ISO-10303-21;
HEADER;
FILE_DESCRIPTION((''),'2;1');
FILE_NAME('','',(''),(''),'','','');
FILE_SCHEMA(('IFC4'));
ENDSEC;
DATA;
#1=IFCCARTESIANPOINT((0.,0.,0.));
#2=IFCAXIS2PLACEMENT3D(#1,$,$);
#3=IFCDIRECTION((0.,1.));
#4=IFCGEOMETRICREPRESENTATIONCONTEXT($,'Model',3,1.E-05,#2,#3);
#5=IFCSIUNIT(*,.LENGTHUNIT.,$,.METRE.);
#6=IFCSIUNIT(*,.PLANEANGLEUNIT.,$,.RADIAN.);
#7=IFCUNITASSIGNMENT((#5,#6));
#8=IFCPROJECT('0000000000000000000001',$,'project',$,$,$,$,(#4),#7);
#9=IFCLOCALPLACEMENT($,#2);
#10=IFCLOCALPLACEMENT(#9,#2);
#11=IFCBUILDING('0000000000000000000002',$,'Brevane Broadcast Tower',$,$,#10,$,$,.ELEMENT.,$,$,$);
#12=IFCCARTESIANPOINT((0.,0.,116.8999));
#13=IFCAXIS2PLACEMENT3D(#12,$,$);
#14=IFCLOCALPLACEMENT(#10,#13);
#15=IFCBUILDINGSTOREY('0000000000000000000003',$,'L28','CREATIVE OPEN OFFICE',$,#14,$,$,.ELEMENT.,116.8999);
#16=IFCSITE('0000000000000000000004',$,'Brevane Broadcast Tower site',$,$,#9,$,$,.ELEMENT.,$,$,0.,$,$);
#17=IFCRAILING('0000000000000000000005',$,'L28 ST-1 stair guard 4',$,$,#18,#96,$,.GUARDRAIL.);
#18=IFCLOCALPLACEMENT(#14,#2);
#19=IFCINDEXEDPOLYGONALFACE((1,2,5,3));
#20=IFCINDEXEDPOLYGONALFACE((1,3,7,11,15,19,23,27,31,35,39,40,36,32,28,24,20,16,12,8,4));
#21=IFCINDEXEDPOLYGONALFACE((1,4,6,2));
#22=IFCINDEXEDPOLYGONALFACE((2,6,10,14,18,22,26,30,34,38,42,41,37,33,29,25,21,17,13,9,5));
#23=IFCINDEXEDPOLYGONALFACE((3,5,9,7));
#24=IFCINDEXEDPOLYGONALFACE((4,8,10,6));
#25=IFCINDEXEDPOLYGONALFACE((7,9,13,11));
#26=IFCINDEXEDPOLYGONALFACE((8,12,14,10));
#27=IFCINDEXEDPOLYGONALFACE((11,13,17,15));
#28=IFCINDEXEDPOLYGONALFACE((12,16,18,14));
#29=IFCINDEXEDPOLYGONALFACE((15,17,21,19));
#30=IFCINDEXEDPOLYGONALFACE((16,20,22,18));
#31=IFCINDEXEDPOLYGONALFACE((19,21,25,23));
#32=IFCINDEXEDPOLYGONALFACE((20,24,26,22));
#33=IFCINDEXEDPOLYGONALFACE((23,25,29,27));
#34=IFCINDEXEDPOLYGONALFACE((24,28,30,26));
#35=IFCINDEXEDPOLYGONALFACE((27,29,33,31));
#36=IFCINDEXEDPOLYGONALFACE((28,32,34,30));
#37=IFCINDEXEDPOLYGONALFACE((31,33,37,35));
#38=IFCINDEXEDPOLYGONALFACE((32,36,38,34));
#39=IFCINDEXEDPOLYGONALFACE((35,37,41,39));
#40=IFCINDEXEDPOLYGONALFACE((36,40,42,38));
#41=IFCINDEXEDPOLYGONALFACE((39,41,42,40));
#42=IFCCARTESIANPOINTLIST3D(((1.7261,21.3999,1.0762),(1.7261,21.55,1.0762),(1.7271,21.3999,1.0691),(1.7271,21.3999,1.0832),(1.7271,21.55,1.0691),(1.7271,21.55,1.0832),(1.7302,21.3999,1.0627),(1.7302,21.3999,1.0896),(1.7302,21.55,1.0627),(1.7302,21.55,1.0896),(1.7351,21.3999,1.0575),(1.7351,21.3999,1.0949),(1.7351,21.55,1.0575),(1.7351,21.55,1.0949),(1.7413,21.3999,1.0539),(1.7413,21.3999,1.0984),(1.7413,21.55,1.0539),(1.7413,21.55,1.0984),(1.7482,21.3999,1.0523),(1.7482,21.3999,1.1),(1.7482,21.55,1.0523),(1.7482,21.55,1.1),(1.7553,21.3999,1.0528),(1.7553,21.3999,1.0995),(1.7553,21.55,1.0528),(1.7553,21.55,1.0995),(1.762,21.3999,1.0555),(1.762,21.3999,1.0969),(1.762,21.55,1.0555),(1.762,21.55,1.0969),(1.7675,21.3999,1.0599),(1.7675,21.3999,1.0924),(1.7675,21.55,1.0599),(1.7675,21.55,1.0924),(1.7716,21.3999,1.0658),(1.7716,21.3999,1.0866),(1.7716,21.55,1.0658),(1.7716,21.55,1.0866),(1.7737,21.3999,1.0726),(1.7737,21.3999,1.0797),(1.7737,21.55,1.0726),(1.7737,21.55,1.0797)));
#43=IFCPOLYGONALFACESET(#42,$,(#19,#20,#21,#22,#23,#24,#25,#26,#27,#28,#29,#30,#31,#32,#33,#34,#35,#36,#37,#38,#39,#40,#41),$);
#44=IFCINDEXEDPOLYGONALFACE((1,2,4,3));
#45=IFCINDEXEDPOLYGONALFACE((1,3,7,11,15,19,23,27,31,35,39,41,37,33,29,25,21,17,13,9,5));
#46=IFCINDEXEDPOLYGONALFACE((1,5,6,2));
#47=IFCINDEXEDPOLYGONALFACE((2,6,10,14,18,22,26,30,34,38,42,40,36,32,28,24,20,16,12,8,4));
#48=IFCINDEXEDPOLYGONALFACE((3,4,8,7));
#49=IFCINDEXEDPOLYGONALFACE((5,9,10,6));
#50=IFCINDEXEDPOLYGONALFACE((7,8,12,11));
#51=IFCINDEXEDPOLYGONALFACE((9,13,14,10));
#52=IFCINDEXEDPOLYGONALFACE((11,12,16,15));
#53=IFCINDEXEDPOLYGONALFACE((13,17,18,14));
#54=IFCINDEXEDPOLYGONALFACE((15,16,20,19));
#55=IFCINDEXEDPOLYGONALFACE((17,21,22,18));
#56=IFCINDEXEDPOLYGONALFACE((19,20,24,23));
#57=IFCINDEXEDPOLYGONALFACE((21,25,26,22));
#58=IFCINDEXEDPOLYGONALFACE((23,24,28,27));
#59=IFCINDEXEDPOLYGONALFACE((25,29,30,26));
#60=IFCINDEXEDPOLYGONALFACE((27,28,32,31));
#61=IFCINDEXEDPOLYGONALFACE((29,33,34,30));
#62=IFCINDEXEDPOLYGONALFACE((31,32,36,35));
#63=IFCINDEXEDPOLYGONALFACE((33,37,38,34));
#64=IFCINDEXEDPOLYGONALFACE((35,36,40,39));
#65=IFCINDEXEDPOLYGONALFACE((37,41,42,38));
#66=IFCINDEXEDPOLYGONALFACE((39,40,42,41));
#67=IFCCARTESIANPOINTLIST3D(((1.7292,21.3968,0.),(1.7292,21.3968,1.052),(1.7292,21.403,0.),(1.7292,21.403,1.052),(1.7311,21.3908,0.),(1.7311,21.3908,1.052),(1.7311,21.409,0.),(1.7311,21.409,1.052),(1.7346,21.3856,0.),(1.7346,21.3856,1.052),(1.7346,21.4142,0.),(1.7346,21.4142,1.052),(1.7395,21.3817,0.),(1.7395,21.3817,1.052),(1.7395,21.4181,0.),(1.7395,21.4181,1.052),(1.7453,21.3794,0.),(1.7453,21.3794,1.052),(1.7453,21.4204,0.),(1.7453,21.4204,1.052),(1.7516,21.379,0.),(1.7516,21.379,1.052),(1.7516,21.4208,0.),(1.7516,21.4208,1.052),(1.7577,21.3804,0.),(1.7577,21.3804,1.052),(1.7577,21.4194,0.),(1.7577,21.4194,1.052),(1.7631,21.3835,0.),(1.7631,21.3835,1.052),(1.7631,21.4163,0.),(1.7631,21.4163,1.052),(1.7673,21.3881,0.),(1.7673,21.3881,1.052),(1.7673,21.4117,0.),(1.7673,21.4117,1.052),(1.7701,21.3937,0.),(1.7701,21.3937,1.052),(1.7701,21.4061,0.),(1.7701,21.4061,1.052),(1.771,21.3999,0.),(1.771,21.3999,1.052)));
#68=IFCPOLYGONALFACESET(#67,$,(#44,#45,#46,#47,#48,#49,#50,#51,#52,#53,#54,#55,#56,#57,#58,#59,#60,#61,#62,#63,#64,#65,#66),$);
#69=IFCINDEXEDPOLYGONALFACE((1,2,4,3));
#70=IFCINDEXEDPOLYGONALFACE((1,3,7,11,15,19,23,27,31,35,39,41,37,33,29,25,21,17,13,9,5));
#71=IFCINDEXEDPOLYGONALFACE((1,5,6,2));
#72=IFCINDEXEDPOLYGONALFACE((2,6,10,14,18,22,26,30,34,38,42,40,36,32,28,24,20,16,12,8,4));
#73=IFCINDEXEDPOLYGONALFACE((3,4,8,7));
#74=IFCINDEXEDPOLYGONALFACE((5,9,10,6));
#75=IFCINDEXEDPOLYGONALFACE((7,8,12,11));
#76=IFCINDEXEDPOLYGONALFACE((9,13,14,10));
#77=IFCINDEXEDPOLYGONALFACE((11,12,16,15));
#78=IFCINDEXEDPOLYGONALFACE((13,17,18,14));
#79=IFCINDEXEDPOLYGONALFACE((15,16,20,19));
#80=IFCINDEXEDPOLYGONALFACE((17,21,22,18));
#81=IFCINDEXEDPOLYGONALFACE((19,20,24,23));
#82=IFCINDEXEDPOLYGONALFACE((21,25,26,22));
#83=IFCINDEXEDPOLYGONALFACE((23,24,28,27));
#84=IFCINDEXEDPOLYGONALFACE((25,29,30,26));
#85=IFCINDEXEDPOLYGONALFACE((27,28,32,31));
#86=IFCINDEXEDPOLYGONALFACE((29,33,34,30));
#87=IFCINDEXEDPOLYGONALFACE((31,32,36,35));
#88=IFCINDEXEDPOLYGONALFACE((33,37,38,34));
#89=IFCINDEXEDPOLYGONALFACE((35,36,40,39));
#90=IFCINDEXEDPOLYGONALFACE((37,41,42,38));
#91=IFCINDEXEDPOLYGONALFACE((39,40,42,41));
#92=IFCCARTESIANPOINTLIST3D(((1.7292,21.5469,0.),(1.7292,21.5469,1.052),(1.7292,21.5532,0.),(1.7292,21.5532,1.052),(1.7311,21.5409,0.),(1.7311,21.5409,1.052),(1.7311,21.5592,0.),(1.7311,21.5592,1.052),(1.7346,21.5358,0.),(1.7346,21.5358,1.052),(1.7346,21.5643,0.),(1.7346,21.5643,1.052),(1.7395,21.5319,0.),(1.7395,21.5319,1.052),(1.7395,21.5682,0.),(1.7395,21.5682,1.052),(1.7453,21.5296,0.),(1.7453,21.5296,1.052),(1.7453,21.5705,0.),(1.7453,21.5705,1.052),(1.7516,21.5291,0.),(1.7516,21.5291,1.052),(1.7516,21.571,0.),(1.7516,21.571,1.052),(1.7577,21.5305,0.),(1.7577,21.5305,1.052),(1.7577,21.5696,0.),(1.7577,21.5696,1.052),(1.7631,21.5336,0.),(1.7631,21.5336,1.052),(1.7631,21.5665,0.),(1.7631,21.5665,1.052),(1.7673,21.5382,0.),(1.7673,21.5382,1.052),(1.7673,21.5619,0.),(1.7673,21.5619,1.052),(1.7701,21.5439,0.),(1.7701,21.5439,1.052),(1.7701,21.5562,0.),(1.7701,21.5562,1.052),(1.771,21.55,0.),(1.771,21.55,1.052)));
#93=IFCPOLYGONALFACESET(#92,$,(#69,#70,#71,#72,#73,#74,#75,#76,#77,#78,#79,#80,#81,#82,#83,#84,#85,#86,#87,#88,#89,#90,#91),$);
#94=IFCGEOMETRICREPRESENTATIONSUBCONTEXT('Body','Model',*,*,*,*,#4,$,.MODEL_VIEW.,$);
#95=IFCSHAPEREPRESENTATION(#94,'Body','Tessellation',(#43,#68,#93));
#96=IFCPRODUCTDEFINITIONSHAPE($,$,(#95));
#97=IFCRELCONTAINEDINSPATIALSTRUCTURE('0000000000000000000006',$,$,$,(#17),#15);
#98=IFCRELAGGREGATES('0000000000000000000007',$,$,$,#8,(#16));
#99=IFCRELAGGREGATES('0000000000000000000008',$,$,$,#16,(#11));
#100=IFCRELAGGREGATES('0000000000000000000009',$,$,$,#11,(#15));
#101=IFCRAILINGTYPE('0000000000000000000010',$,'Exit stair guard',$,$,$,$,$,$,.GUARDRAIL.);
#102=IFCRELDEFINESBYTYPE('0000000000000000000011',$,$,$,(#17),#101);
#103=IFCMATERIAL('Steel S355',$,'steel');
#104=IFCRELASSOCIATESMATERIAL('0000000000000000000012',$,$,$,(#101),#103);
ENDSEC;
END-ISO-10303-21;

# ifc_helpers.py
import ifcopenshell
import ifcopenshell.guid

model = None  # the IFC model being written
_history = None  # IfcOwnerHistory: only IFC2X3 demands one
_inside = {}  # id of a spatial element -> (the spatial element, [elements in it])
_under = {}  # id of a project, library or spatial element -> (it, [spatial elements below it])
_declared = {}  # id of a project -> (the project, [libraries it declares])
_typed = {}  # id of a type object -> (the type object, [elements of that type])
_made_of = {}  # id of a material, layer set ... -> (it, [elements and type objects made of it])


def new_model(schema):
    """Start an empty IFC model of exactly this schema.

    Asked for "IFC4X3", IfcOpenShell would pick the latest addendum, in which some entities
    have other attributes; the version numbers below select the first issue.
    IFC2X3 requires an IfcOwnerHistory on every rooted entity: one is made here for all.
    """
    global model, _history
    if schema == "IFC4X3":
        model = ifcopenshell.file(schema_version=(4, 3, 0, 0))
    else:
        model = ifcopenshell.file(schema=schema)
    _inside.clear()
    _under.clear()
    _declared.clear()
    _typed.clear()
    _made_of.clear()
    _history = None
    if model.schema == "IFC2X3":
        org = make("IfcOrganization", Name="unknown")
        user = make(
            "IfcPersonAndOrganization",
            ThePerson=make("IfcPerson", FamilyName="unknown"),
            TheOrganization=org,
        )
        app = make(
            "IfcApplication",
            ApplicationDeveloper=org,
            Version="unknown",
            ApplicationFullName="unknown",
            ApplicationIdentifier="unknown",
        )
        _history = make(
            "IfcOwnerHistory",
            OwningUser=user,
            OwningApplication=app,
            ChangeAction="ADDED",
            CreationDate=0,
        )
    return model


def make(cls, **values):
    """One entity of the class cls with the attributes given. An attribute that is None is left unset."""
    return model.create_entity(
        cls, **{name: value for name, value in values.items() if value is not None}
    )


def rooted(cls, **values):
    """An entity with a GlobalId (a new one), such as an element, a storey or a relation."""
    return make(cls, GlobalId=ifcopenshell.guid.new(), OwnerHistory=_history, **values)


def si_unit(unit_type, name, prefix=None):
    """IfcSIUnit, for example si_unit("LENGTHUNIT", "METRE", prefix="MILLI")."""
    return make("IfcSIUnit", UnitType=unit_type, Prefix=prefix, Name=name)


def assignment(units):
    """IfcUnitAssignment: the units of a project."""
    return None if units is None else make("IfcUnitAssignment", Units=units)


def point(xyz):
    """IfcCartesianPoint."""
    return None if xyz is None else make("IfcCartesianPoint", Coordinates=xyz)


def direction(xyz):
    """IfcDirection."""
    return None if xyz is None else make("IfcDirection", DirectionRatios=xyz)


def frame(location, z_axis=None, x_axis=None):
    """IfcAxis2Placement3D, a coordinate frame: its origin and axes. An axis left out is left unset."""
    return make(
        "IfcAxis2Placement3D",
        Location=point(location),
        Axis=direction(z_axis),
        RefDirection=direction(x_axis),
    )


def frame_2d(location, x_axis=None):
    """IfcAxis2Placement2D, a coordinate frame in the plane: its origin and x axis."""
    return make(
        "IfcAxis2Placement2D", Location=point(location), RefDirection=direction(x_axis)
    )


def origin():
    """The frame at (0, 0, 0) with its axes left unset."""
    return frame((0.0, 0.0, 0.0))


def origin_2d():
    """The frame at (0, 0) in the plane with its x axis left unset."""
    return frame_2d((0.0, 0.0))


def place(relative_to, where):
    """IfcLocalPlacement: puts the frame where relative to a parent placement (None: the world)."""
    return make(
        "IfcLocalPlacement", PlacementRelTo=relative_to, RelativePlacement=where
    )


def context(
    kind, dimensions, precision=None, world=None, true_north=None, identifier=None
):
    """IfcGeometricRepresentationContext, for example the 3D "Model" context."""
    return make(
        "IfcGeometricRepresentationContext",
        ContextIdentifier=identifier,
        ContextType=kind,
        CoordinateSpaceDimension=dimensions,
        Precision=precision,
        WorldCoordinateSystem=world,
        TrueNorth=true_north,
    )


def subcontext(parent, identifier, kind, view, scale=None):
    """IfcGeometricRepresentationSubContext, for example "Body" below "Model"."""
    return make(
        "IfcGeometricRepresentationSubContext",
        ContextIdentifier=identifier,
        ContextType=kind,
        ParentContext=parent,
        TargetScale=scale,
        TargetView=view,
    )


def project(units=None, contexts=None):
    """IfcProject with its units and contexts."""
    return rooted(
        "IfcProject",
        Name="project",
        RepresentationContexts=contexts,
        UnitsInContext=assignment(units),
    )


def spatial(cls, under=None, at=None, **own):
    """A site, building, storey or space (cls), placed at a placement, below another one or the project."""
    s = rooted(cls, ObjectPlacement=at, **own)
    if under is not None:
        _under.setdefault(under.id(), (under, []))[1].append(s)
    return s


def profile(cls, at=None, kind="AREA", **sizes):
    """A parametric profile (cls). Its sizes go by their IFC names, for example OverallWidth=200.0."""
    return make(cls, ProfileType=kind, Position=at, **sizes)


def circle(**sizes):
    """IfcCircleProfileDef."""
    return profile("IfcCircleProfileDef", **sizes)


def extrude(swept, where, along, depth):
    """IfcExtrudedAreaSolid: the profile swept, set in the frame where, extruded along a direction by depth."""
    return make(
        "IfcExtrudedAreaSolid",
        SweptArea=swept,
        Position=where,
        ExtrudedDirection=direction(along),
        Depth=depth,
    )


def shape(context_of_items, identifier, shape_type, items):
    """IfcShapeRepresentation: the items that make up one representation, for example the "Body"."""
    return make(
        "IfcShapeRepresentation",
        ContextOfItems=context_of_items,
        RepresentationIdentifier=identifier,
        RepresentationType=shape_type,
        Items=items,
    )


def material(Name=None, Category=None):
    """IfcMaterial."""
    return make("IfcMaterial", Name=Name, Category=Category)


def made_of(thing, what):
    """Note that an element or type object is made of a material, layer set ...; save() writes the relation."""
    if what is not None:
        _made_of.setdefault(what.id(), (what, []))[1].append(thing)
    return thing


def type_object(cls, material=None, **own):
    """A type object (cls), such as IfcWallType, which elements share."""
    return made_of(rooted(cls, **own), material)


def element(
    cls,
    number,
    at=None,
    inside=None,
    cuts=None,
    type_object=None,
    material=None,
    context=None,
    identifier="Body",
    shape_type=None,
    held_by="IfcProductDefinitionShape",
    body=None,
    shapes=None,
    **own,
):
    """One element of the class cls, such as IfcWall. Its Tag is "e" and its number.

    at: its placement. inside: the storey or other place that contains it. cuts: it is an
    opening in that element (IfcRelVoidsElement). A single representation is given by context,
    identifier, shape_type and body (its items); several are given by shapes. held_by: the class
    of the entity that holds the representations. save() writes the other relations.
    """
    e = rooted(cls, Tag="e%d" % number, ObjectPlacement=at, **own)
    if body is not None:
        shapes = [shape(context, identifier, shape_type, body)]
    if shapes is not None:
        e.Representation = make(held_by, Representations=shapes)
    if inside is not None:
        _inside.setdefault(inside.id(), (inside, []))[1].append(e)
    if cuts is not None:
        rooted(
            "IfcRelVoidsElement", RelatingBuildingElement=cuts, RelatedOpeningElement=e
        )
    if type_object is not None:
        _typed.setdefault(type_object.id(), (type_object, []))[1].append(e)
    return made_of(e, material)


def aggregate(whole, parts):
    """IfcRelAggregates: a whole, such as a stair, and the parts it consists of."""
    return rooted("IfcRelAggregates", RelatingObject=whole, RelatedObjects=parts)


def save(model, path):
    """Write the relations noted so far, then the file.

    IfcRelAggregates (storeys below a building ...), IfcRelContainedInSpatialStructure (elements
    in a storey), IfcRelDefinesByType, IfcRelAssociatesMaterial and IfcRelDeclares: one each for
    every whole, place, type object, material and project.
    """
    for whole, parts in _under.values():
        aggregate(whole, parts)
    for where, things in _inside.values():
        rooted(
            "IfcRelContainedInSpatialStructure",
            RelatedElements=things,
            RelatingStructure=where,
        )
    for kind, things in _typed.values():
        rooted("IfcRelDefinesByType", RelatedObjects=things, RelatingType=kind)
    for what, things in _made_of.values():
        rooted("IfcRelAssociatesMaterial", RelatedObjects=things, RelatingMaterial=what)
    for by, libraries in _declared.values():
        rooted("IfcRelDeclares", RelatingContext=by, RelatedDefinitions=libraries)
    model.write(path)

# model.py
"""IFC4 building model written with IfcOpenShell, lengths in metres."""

from ifc_helpers import new_model, si_unit, direction, frame, origin, origin_2d, place, context, subcontext, project, spatial, circle, extrude, material, type_object, element, save


model = new_model("IFC4")

# Units and contexts
model_context = context("Model", 3, precision=1e-05, world=origin(), true_north=direction((0.0, 1.0)))
body_context = subcontext(model_context, "Body", "Model", "MODEL_VIEW")
ifc_project = project(units=[si_unit("LENGTHUNIT", "METRE"), si_unit("PLANEANGLEUNIT", "RADIAN")], contexts=[model_context])

# Site, building, storey
site_placement = place(None, origin())
site = spatial("IfcSite", under=ifc_project, at=site_placement, Name="Brevane Broadcast Tower site", CompositionType="ELEMENT", RefElevation=0.0)
building_placement = place(site_placement, origin())
building = spatial("IfcBuilding", under=site, at=building_placement, Name="Brevane Broadcast Tower", CompositionType="ELEMENT")
storey_placement = place(building_placement, frame((0.0, 0.0, 116.8999)))
storey = spatial("IfcBuildingStorey", under=building, at=storey_placement, Name="L28", Description="CREATIVE OPEN OFFICE", CompositionType="ELEMENT", Elevation=116.8999)

# Railing
ifc_material_1 = material(Name="Steel S355", Category="steel")
railing_type_1 = type_object("IfcRailingType", Name="Exit stair guard", PredefinedType="GUARDRAIL", material=ifc_material_1)
railing_1_placement = place(storey_placement, frame((1.75, 21.3999, 0.0)))
element("IfcRailing", 1, at=railing_1_placement, inside=storey, type_object=railing_type_1, Name="L28 ST-1 stair guard 4", PredefinedType="GUARDRAIL", context=body_context, shape_type="SweptSolid", body=[
    extrude(circle(Radius=0.0239, at=origin_2d()), frame((0.0, 0.0, 1.0762), z_axis=(0.0, 1.0, 0.0), x_axis=(-1.0, 0.0, 0.0)), (0.0, 0.0, 1.0), 0.1501),
    extrude(circle(Radius=0.021, at=origin_2d()), origin(), (0.0, 0.0, 1.0), 1.052),
    extrude(circle(Radius=0.021, at=origin_2d()), frame((0.0, 0.1501, 0.0)), (0.0, 0.0, 1.0), 1.052),
])

save(model, "model.ifc")
